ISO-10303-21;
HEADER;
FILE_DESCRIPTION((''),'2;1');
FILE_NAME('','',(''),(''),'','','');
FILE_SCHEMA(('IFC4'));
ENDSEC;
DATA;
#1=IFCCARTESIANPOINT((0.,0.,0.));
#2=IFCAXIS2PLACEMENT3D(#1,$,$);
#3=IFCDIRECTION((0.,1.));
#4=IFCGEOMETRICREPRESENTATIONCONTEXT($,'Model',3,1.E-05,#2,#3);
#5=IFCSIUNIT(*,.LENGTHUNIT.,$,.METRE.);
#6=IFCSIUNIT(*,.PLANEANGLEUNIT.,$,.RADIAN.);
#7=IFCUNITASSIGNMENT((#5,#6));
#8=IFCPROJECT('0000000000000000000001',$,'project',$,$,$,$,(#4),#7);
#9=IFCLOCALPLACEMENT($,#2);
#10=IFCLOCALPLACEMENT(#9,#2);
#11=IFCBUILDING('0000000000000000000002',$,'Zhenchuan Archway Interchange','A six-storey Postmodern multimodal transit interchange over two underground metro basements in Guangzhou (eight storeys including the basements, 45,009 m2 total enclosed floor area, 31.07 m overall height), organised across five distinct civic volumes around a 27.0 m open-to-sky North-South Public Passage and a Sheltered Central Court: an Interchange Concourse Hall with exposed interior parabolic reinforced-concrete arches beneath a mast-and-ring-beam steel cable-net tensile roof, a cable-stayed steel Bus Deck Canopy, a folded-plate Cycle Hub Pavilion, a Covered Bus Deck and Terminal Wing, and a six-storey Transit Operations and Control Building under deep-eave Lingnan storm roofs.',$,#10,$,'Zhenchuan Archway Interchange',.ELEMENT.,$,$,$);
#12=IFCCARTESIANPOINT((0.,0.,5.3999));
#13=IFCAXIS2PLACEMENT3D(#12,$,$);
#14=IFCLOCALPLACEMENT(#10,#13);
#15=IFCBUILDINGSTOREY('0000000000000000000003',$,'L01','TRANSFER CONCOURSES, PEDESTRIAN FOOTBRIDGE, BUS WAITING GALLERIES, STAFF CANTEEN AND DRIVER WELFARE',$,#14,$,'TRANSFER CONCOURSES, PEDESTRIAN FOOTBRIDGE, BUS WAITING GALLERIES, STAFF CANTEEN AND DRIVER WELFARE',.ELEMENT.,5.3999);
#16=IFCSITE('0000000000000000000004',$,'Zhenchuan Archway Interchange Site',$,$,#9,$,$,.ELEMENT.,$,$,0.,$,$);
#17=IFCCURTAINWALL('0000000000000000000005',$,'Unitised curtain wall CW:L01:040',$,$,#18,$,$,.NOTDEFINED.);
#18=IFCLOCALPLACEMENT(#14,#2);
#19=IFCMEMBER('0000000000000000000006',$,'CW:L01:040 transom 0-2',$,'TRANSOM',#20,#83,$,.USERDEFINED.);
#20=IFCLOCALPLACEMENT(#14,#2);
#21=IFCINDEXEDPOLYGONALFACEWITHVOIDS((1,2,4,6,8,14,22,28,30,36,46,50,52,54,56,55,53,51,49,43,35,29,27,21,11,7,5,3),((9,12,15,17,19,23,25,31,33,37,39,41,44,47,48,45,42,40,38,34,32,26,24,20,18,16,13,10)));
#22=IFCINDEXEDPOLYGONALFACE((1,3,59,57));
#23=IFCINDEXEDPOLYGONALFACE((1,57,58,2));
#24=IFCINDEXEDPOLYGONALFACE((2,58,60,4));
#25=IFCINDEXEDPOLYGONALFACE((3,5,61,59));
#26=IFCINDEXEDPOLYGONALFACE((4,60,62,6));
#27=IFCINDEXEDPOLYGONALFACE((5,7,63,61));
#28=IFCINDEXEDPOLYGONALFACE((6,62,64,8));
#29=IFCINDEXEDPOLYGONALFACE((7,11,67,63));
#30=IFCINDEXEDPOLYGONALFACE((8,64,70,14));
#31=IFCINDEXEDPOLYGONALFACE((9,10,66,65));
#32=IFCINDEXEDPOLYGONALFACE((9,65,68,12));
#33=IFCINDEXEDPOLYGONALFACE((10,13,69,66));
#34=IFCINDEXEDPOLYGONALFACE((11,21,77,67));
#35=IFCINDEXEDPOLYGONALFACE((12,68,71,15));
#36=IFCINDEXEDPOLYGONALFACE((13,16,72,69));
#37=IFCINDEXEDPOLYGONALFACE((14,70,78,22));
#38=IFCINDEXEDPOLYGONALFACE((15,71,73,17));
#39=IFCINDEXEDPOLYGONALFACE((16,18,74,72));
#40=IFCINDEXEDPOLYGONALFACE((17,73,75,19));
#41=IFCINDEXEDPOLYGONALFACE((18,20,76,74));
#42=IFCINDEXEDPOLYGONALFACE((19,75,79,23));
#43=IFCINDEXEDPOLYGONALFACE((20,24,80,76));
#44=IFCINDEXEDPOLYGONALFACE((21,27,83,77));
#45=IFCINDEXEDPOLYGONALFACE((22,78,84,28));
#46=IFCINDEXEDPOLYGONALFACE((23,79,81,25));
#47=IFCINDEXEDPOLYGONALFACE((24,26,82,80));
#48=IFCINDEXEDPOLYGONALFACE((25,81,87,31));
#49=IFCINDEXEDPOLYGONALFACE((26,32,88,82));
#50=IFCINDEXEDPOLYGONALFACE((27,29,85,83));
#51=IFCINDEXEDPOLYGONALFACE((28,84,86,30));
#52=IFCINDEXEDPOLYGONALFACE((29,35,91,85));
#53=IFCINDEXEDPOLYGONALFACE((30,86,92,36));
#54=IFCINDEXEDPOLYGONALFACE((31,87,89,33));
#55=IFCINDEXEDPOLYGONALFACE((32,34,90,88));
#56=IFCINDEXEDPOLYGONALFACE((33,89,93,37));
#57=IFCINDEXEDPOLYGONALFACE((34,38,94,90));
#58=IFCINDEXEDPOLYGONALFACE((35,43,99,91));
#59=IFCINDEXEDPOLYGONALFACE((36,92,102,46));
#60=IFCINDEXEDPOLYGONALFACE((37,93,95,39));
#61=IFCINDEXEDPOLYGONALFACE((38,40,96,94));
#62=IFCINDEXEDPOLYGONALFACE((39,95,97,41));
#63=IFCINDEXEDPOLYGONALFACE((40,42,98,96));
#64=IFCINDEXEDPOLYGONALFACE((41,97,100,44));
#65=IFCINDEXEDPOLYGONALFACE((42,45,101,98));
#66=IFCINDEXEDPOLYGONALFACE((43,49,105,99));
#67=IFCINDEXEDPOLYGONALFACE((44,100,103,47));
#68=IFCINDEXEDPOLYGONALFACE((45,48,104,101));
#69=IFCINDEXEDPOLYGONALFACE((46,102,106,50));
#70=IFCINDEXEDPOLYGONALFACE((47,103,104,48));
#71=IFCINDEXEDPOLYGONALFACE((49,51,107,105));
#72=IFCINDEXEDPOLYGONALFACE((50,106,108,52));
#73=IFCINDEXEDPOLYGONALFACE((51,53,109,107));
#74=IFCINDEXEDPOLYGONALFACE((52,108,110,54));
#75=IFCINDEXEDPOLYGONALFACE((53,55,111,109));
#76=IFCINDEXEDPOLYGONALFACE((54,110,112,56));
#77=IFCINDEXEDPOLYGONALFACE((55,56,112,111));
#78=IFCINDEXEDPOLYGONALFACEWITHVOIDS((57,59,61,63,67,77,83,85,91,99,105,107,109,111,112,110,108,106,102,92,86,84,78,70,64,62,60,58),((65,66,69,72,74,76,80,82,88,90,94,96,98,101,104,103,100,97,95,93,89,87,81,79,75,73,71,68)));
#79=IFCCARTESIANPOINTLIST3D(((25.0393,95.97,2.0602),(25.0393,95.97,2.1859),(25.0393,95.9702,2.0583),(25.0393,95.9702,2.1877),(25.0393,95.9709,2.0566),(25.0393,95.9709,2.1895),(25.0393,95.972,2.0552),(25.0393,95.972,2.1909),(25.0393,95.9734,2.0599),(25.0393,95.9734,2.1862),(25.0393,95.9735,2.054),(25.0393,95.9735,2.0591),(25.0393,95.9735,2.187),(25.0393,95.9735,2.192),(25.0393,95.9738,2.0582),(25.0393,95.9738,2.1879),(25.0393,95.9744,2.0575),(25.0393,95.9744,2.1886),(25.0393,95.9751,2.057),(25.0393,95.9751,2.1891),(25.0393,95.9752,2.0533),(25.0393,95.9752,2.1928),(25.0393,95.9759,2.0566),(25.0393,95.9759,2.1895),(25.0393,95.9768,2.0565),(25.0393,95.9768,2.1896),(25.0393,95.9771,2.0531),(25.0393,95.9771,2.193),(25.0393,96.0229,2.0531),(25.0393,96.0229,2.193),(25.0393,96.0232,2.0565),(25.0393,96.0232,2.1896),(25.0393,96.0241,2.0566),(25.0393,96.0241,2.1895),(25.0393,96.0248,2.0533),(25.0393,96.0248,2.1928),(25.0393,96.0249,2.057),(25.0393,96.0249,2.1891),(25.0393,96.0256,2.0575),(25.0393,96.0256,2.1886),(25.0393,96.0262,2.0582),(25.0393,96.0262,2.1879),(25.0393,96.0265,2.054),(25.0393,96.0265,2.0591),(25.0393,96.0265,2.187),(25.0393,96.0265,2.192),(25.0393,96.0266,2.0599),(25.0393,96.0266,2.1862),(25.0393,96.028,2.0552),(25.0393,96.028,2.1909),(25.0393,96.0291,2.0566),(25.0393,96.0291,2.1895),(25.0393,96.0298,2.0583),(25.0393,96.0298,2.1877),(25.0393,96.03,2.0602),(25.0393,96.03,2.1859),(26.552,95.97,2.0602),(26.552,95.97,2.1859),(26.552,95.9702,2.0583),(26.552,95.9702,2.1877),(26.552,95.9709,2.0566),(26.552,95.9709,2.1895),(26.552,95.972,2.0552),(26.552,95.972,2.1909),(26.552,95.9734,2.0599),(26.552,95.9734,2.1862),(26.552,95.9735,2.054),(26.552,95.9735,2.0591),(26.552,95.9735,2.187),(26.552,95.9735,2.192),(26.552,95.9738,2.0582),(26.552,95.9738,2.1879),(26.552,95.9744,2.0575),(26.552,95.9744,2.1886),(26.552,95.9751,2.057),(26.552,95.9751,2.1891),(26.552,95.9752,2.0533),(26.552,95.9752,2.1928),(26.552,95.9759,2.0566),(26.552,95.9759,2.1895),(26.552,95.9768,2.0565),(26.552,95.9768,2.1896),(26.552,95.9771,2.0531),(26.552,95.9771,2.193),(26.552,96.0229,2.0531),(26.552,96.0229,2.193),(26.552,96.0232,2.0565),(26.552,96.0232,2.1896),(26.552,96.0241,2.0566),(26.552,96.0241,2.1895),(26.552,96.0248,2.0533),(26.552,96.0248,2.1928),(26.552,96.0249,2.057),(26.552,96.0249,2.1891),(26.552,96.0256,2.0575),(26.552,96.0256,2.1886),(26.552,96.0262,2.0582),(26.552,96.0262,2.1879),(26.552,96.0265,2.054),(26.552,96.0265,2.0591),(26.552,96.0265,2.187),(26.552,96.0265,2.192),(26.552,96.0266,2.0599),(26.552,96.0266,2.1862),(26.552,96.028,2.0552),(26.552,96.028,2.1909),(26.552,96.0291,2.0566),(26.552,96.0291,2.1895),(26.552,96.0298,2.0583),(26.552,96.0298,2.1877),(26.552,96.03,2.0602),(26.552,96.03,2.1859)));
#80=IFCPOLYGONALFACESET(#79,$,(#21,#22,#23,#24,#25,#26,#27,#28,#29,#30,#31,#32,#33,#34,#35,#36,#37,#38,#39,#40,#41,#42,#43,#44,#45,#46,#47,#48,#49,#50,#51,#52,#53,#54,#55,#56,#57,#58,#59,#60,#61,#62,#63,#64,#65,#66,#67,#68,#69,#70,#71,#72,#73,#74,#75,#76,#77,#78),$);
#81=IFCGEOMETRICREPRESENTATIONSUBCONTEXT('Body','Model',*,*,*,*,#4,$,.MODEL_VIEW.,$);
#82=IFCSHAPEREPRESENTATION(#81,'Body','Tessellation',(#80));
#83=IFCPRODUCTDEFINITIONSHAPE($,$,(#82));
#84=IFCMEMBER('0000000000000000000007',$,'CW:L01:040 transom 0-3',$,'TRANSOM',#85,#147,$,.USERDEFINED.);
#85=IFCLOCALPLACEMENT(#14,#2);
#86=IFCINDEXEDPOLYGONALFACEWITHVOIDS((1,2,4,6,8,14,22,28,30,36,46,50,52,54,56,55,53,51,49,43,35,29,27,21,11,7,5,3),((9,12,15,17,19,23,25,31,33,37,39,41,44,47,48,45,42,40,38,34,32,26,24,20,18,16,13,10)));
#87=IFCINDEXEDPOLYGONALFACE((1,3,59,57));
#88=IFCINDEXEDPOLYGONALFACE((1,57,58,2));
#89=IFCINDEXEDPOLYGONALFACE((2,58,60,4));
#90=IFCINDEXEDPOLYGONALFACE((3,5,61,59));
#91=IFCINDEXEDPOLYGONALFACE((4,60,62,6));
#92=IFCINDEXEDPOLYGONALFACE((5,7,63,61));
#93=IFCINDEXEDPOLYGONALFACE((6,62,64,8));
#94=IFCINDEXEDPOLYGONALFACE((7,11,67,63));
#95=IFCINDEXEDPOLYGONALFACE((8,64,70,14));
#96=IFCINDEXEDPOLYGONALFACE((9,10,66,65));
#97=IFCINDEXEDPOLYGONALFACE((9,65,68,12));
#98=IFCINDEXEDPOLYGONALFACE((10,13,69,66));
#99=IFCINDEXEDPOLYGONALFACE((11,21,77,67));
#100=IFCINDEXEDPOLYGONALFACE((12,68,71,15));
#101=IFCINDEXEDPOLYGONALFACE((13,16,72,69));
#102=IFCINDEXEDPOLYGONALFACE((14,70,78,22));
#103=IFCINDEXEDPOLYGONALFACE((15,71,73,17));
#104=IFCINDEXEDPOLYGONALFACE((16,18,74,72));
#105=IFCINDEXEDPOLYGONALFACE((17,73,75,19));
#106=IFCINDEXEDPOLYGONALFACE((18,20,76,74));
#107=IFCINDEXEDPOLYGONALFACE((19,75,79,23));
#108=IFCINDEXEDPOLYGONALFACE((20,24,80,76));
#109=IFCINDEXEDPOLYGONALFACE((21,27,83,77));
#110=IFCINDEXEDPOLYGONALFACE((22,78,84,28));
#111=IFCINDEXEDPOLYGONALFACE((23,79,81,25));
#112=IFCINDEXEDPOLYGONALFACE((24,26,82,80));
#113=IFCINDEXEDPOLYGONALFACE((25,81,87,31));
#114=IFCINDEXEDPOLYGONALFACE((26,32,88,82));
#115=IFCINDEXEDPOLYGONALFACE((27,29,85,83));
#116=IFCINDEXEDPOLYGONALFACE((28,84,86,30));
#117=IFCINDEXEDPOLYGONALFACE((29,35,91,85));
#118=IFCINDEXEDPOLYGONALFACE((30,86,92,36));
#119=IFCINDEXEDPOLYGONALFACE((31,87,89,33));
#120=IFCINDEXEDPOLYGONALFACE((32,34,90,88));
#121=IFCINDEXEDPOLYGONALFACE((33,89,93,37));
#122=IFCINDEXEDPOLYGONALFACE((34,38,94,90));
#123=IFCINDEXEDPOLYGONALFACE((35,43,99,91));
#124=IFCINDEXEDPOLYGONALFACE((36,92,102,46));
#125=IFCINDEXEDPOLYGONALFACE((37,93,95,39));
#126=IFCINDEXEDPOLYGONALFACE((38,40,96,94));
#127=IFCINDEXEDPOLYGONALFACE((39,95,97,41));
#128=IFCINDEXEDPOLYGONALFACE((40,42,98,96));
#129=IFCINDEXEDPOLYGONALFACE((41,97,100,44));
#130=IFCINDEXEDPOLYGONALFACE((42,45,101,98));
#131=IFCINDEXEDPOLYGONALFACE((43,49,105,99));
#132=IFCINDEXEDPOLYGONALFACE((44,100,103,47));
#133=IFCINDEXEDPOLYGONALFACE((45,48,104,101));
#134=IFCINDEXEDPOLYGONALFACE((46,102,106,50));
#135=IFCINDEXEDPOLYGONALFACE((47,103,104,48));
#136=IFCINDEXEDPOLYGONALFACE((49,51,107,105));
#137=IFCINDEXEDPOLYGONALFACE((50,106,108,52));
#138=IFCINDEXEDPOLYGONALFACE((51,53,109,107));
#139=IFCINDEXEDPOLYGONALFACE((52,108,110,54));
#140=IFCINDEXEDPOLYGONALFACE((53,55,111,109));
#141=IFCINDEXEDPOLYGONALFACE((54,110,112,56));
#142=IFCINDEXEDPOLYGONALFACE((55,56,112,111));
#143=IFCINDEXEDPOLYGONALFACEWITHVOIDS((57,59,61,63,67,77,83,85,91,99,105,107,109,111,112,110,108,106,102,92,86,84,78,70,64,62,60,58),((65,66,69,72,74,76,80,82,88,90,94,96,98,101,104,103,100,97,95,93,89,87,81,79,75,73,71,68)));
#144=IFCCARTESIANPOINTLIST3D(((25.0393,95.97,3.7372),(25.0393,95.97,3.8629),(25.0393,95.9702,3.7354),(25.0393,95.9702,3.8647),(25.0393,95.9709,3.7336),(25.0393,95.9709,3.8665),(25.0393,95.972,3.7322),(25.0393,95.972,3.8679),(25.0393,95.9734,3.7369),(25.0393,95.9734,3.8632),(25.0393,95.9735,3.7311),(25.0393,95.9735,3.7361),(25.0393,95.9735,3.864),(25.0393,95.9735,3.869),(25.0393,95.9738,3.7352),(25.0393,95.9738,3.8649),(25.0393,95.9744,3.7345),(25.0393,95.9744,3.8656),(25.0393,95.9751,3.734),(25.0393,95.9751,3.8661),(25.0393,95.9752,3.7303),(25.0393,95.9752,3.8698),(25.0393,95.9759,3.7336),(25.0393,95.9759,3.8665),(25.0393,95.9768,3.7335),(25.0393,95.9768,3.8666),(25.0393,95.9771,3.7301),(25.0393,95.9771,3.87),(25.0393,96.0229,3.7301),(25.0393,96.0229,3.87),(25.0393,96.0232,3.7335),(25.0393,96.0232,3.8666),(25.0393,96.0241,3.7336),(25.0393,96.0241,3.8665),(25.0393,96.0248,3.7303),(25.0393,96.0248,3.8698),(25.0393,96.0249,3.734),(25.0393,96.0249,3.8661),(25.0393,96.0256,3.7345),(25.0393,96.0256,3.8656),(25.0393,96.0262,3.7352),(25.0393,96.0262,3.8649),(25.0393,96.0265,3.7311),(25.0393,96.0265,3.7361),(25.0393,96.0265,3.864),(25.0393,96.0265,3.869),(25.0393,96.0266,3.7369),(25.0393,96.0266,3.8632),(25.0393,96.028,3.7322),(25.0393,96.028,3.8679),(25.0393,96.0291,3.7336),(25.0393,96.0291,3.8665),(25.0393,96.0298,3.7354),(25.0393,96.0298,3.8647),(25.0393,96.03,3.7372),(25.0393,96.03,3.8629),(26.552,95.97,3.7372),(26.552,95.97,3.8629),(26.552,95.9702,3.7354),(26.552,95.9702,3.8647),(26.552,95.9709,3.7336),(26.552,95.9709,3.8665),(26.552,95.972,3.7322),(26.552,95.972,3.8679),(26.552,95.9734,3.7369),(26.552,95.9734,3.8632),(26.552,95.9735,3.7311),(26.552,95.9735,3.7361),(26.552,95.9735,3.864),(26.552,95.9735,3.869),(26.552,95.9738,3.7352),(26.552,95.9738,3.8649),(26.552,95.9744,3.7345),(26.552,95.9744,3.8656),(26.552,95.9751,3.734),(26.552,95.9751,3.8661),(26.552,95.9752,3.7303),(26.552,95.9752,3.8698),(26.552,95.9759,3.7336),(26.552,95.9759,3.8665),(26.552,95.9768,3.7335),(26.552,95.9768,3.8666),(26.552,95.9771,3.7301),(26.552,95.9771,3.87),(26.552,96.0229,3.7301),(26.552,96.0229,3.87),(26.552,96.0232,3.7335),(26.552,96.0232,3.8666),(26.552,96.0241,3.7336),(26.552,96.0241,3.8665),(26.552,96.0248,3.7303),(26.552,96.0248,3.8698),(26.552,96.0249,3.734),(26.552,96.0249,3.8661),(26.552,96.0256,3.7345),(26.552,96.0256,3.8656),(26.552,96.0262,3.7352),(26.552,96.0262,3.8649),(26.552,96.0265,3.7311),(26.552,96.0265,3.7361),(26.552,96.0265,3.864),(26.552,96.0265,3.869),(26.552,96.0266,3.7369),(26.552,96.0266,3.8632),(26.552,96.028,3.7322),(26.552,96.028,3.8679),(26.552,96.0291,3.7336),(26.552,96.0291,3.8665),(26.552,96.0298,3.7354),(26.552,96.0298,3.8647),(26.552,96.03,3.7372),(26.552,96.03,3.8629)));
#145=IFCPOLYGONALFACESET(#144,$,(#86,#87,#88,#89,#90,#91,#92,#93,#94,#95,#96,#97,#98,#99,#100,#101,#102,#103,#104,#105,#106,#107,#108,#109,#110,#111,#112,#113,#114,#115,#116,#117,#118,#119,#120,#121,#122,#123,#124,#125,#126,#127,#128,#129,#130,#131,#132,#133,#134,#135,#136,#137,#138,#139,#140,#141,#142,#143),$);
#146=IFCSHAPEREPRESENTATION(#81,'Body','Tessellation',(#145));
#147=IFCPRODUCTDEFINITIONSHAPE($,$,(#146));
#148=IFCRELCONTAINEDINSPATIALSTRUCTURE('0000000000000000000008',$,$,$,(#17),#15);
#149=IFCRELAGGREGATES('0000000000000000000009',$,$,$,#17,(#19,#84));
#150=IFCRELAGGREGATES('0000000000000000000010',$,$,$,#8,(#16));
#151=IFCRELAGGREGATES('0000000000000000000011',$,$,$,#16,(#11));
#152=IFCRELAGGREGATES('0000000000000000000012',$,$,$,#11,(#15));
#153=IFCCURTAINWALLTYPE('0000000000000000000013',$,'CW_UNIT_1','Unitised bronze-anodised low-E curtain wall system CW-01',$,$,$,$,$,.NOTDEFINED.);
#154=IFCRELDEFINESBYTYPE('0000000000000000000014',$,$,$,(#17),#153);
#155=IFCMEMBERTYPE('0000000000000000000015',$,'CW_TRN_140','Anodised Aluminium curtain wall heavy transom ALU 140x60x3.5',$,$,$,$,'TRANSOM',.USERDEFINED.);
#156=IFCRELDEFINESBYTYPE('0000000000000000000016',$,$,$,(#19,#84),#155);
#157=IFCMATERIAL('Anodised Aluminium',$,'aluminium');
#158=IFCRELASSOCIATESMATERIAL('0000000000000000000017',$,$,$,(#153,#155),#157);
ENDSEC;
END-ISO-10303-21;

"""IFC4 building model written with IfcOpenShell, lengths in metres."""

from ifc_helpers import new_model, si_unit, direction, frame, origin, origin_2d, place, context, subcontext, project, spatial, hollow_rectangle, extrude, material, material_profile, profile_set, type_object, element, aggregate, save


model = new_model("IFC4")

# Units and contexts
model_context = context("Model", 3, precision=1e-05, world=origin(), true_north=direction((0.0, 1.0)))
body_context = subcontext(model_context, "Body", "Model", "MODEL_VIEW")
ifc_project = project(units=[si_unit("LENGTHUNIT", "METRE"), si_unit("PLANEANGLEUNIT", "RADIAN")], contexts=[model_context])

# Site, building, storey
site_placement = place(None, origin())
site = spatial("IfcSite", under=ifc_project, at=site_placement, Name="Zhenchuan Archway Interchange Site", CompositionType="ELEMENT", RefElevation=0.0)
building_placement = place(site_placement, origin())
building = spatial("IfcBuilding", under=site, at=building_placement, Name="Zhenchuan Archway Interchange", Description="A six-storey Postmodern multimodal transit interchange over two underground metro basements in Guangzhou (eight storeys including the basements, 45,009 m2 total enclosed floor area, 31.07 m overall height), organised across five distinct civic volumes around a 27.0 m open-to-sky North-South Public Passage and a Sheltered Central Court: an Interchange Concourse Hall with exposed interior parabolic reinforced-concrete arches beneath a mast-and-ring-beam steel cable-net tensile roof, a cable-stayed steel Bus Deck Canopy, a folded-plate Cycle Hub Pavilion, a Covered Bus Deck and Terminal Wing, and a six-storey Transit Operations and Control Building under deep-eave Lingnan storm roofs.", LongName="Zhenchuan Archway Interchange", CompositionType="ELEMENT")
storey_placement = place(building_placement, frame((0.0, 0.0, 5.3999)))
storey = spatial("IfcBuildingStorey", under=building, at=storey_placement, Name="L01", Description="TRANSFER CONCOURSES, PEDESTRIAN FOOTBRIDGE, BUS WAITING GALLERIES, STAFF CANTEEN AND DRIVER WELFARE", LongName="TRANSFER CONCOURSES, PEDESTRIAN FOOTBRIDGE, BUS WAITING GALLERIES, STAFF CANTEEN AND DRIVER WELFARE", CompositionType="ELEMENT", Elevation=5.3999)

# Curtain wall
ifc_material_1 = material(Name="Anodised Aluminium", Category="aluminium")
curtain_wall_type_1 = type_object("IfcCurtainWallType", Name="CW_UNIT_1", Description="Unitised bronze-anodised low-E curtain wall system CW-01", PredefinedType="NOTDEFINED", material=ifc_material_1)
curtain_wall_1_placement = place(storey_placement, origin())
curtain_wall_1 = element("IfcCurtainWall", 1, at=curtain_wall_1_placement, inside=storey, type_object=curtain_wall_type_1, Name="Unitised curtain wall CW:L01:040", PredefinedType="NOTDEFINED")

# Members
ifc_material_profile_1 = material_profile(ifc_material_1, hollow_rectangle(XDim=0.0601, YDim=0.1399, WallThickness=0.0034, InnerFilletRadius=0.0034, OuterFilletRadius=0.0071, at=origin_2d()), Name="ALU 140x60x3.5")
ifc_profile_set_1 = profile_set([ifc_material_profile_1], Name="Anodised Aluminium")
member_type_1 = type_object("IfcMemberType", Name="CW_TRN_140", Description="Anodised Aluminium curtain wall heavy transom ALU 140x60x3.5", ElementType="TRANSOM", PredefinedType="USERDEFINED", material=ifc_profile_set_1)
member_1_placement = place(storey_placement, frame((26.552, 96.0, 2.123), z_axis=(-1.0, 0.0, 0.0), x_axis=(0.0, -1.0, 0.0)))
member_1 = element("IfcMember", 2, at=member_1_placement, type_object=member_type_1, Name="CW:L01:040 transom 0-2", ObjectType="TRANSOM", PredefinedType="USERDEFINED", context=body_context, shape_type="SweptSolid", body=[
    extrude(hollow_rectangle(XDim=0.0601, YDim=0.1399, WallThickness=0.0034, InnerFilletRadius=0.0034, OuterFilletRadius=0.0071, at=origin_2d()), origin(), (0.0, 0.0, 1.0), 1.5127),
])
member_2_placement = place(storey_placement, frame((26.552, 96.0, 3.8), z_axis=(-1.0, 0.0, 0.0), x_axis=(0.0, -1.0, 0.0)))
member_2 = element("IfcMember", 3, at=member_2_placement, type_object=member_type_1, Name="CW:L01:040 transom 0-3", ObjectType="TRANSOM", PredefinedType="USERDEFINED", context=body_context, shape_type="SweptSolid", body=[
    extrude(hollow_rectangle(XDim=0.0601, YDim=0.1399, WallThickness=0.0034, InnerFilletRadius=0.0034, OuterFilletRadius=0.0071, at=origin_2d()), origin(), (0.0, 0.0, 1.0), 1.5127),
])

aggregate(curtain_wall_1, [member_1, member_2])

save(model, "model.ifc")
